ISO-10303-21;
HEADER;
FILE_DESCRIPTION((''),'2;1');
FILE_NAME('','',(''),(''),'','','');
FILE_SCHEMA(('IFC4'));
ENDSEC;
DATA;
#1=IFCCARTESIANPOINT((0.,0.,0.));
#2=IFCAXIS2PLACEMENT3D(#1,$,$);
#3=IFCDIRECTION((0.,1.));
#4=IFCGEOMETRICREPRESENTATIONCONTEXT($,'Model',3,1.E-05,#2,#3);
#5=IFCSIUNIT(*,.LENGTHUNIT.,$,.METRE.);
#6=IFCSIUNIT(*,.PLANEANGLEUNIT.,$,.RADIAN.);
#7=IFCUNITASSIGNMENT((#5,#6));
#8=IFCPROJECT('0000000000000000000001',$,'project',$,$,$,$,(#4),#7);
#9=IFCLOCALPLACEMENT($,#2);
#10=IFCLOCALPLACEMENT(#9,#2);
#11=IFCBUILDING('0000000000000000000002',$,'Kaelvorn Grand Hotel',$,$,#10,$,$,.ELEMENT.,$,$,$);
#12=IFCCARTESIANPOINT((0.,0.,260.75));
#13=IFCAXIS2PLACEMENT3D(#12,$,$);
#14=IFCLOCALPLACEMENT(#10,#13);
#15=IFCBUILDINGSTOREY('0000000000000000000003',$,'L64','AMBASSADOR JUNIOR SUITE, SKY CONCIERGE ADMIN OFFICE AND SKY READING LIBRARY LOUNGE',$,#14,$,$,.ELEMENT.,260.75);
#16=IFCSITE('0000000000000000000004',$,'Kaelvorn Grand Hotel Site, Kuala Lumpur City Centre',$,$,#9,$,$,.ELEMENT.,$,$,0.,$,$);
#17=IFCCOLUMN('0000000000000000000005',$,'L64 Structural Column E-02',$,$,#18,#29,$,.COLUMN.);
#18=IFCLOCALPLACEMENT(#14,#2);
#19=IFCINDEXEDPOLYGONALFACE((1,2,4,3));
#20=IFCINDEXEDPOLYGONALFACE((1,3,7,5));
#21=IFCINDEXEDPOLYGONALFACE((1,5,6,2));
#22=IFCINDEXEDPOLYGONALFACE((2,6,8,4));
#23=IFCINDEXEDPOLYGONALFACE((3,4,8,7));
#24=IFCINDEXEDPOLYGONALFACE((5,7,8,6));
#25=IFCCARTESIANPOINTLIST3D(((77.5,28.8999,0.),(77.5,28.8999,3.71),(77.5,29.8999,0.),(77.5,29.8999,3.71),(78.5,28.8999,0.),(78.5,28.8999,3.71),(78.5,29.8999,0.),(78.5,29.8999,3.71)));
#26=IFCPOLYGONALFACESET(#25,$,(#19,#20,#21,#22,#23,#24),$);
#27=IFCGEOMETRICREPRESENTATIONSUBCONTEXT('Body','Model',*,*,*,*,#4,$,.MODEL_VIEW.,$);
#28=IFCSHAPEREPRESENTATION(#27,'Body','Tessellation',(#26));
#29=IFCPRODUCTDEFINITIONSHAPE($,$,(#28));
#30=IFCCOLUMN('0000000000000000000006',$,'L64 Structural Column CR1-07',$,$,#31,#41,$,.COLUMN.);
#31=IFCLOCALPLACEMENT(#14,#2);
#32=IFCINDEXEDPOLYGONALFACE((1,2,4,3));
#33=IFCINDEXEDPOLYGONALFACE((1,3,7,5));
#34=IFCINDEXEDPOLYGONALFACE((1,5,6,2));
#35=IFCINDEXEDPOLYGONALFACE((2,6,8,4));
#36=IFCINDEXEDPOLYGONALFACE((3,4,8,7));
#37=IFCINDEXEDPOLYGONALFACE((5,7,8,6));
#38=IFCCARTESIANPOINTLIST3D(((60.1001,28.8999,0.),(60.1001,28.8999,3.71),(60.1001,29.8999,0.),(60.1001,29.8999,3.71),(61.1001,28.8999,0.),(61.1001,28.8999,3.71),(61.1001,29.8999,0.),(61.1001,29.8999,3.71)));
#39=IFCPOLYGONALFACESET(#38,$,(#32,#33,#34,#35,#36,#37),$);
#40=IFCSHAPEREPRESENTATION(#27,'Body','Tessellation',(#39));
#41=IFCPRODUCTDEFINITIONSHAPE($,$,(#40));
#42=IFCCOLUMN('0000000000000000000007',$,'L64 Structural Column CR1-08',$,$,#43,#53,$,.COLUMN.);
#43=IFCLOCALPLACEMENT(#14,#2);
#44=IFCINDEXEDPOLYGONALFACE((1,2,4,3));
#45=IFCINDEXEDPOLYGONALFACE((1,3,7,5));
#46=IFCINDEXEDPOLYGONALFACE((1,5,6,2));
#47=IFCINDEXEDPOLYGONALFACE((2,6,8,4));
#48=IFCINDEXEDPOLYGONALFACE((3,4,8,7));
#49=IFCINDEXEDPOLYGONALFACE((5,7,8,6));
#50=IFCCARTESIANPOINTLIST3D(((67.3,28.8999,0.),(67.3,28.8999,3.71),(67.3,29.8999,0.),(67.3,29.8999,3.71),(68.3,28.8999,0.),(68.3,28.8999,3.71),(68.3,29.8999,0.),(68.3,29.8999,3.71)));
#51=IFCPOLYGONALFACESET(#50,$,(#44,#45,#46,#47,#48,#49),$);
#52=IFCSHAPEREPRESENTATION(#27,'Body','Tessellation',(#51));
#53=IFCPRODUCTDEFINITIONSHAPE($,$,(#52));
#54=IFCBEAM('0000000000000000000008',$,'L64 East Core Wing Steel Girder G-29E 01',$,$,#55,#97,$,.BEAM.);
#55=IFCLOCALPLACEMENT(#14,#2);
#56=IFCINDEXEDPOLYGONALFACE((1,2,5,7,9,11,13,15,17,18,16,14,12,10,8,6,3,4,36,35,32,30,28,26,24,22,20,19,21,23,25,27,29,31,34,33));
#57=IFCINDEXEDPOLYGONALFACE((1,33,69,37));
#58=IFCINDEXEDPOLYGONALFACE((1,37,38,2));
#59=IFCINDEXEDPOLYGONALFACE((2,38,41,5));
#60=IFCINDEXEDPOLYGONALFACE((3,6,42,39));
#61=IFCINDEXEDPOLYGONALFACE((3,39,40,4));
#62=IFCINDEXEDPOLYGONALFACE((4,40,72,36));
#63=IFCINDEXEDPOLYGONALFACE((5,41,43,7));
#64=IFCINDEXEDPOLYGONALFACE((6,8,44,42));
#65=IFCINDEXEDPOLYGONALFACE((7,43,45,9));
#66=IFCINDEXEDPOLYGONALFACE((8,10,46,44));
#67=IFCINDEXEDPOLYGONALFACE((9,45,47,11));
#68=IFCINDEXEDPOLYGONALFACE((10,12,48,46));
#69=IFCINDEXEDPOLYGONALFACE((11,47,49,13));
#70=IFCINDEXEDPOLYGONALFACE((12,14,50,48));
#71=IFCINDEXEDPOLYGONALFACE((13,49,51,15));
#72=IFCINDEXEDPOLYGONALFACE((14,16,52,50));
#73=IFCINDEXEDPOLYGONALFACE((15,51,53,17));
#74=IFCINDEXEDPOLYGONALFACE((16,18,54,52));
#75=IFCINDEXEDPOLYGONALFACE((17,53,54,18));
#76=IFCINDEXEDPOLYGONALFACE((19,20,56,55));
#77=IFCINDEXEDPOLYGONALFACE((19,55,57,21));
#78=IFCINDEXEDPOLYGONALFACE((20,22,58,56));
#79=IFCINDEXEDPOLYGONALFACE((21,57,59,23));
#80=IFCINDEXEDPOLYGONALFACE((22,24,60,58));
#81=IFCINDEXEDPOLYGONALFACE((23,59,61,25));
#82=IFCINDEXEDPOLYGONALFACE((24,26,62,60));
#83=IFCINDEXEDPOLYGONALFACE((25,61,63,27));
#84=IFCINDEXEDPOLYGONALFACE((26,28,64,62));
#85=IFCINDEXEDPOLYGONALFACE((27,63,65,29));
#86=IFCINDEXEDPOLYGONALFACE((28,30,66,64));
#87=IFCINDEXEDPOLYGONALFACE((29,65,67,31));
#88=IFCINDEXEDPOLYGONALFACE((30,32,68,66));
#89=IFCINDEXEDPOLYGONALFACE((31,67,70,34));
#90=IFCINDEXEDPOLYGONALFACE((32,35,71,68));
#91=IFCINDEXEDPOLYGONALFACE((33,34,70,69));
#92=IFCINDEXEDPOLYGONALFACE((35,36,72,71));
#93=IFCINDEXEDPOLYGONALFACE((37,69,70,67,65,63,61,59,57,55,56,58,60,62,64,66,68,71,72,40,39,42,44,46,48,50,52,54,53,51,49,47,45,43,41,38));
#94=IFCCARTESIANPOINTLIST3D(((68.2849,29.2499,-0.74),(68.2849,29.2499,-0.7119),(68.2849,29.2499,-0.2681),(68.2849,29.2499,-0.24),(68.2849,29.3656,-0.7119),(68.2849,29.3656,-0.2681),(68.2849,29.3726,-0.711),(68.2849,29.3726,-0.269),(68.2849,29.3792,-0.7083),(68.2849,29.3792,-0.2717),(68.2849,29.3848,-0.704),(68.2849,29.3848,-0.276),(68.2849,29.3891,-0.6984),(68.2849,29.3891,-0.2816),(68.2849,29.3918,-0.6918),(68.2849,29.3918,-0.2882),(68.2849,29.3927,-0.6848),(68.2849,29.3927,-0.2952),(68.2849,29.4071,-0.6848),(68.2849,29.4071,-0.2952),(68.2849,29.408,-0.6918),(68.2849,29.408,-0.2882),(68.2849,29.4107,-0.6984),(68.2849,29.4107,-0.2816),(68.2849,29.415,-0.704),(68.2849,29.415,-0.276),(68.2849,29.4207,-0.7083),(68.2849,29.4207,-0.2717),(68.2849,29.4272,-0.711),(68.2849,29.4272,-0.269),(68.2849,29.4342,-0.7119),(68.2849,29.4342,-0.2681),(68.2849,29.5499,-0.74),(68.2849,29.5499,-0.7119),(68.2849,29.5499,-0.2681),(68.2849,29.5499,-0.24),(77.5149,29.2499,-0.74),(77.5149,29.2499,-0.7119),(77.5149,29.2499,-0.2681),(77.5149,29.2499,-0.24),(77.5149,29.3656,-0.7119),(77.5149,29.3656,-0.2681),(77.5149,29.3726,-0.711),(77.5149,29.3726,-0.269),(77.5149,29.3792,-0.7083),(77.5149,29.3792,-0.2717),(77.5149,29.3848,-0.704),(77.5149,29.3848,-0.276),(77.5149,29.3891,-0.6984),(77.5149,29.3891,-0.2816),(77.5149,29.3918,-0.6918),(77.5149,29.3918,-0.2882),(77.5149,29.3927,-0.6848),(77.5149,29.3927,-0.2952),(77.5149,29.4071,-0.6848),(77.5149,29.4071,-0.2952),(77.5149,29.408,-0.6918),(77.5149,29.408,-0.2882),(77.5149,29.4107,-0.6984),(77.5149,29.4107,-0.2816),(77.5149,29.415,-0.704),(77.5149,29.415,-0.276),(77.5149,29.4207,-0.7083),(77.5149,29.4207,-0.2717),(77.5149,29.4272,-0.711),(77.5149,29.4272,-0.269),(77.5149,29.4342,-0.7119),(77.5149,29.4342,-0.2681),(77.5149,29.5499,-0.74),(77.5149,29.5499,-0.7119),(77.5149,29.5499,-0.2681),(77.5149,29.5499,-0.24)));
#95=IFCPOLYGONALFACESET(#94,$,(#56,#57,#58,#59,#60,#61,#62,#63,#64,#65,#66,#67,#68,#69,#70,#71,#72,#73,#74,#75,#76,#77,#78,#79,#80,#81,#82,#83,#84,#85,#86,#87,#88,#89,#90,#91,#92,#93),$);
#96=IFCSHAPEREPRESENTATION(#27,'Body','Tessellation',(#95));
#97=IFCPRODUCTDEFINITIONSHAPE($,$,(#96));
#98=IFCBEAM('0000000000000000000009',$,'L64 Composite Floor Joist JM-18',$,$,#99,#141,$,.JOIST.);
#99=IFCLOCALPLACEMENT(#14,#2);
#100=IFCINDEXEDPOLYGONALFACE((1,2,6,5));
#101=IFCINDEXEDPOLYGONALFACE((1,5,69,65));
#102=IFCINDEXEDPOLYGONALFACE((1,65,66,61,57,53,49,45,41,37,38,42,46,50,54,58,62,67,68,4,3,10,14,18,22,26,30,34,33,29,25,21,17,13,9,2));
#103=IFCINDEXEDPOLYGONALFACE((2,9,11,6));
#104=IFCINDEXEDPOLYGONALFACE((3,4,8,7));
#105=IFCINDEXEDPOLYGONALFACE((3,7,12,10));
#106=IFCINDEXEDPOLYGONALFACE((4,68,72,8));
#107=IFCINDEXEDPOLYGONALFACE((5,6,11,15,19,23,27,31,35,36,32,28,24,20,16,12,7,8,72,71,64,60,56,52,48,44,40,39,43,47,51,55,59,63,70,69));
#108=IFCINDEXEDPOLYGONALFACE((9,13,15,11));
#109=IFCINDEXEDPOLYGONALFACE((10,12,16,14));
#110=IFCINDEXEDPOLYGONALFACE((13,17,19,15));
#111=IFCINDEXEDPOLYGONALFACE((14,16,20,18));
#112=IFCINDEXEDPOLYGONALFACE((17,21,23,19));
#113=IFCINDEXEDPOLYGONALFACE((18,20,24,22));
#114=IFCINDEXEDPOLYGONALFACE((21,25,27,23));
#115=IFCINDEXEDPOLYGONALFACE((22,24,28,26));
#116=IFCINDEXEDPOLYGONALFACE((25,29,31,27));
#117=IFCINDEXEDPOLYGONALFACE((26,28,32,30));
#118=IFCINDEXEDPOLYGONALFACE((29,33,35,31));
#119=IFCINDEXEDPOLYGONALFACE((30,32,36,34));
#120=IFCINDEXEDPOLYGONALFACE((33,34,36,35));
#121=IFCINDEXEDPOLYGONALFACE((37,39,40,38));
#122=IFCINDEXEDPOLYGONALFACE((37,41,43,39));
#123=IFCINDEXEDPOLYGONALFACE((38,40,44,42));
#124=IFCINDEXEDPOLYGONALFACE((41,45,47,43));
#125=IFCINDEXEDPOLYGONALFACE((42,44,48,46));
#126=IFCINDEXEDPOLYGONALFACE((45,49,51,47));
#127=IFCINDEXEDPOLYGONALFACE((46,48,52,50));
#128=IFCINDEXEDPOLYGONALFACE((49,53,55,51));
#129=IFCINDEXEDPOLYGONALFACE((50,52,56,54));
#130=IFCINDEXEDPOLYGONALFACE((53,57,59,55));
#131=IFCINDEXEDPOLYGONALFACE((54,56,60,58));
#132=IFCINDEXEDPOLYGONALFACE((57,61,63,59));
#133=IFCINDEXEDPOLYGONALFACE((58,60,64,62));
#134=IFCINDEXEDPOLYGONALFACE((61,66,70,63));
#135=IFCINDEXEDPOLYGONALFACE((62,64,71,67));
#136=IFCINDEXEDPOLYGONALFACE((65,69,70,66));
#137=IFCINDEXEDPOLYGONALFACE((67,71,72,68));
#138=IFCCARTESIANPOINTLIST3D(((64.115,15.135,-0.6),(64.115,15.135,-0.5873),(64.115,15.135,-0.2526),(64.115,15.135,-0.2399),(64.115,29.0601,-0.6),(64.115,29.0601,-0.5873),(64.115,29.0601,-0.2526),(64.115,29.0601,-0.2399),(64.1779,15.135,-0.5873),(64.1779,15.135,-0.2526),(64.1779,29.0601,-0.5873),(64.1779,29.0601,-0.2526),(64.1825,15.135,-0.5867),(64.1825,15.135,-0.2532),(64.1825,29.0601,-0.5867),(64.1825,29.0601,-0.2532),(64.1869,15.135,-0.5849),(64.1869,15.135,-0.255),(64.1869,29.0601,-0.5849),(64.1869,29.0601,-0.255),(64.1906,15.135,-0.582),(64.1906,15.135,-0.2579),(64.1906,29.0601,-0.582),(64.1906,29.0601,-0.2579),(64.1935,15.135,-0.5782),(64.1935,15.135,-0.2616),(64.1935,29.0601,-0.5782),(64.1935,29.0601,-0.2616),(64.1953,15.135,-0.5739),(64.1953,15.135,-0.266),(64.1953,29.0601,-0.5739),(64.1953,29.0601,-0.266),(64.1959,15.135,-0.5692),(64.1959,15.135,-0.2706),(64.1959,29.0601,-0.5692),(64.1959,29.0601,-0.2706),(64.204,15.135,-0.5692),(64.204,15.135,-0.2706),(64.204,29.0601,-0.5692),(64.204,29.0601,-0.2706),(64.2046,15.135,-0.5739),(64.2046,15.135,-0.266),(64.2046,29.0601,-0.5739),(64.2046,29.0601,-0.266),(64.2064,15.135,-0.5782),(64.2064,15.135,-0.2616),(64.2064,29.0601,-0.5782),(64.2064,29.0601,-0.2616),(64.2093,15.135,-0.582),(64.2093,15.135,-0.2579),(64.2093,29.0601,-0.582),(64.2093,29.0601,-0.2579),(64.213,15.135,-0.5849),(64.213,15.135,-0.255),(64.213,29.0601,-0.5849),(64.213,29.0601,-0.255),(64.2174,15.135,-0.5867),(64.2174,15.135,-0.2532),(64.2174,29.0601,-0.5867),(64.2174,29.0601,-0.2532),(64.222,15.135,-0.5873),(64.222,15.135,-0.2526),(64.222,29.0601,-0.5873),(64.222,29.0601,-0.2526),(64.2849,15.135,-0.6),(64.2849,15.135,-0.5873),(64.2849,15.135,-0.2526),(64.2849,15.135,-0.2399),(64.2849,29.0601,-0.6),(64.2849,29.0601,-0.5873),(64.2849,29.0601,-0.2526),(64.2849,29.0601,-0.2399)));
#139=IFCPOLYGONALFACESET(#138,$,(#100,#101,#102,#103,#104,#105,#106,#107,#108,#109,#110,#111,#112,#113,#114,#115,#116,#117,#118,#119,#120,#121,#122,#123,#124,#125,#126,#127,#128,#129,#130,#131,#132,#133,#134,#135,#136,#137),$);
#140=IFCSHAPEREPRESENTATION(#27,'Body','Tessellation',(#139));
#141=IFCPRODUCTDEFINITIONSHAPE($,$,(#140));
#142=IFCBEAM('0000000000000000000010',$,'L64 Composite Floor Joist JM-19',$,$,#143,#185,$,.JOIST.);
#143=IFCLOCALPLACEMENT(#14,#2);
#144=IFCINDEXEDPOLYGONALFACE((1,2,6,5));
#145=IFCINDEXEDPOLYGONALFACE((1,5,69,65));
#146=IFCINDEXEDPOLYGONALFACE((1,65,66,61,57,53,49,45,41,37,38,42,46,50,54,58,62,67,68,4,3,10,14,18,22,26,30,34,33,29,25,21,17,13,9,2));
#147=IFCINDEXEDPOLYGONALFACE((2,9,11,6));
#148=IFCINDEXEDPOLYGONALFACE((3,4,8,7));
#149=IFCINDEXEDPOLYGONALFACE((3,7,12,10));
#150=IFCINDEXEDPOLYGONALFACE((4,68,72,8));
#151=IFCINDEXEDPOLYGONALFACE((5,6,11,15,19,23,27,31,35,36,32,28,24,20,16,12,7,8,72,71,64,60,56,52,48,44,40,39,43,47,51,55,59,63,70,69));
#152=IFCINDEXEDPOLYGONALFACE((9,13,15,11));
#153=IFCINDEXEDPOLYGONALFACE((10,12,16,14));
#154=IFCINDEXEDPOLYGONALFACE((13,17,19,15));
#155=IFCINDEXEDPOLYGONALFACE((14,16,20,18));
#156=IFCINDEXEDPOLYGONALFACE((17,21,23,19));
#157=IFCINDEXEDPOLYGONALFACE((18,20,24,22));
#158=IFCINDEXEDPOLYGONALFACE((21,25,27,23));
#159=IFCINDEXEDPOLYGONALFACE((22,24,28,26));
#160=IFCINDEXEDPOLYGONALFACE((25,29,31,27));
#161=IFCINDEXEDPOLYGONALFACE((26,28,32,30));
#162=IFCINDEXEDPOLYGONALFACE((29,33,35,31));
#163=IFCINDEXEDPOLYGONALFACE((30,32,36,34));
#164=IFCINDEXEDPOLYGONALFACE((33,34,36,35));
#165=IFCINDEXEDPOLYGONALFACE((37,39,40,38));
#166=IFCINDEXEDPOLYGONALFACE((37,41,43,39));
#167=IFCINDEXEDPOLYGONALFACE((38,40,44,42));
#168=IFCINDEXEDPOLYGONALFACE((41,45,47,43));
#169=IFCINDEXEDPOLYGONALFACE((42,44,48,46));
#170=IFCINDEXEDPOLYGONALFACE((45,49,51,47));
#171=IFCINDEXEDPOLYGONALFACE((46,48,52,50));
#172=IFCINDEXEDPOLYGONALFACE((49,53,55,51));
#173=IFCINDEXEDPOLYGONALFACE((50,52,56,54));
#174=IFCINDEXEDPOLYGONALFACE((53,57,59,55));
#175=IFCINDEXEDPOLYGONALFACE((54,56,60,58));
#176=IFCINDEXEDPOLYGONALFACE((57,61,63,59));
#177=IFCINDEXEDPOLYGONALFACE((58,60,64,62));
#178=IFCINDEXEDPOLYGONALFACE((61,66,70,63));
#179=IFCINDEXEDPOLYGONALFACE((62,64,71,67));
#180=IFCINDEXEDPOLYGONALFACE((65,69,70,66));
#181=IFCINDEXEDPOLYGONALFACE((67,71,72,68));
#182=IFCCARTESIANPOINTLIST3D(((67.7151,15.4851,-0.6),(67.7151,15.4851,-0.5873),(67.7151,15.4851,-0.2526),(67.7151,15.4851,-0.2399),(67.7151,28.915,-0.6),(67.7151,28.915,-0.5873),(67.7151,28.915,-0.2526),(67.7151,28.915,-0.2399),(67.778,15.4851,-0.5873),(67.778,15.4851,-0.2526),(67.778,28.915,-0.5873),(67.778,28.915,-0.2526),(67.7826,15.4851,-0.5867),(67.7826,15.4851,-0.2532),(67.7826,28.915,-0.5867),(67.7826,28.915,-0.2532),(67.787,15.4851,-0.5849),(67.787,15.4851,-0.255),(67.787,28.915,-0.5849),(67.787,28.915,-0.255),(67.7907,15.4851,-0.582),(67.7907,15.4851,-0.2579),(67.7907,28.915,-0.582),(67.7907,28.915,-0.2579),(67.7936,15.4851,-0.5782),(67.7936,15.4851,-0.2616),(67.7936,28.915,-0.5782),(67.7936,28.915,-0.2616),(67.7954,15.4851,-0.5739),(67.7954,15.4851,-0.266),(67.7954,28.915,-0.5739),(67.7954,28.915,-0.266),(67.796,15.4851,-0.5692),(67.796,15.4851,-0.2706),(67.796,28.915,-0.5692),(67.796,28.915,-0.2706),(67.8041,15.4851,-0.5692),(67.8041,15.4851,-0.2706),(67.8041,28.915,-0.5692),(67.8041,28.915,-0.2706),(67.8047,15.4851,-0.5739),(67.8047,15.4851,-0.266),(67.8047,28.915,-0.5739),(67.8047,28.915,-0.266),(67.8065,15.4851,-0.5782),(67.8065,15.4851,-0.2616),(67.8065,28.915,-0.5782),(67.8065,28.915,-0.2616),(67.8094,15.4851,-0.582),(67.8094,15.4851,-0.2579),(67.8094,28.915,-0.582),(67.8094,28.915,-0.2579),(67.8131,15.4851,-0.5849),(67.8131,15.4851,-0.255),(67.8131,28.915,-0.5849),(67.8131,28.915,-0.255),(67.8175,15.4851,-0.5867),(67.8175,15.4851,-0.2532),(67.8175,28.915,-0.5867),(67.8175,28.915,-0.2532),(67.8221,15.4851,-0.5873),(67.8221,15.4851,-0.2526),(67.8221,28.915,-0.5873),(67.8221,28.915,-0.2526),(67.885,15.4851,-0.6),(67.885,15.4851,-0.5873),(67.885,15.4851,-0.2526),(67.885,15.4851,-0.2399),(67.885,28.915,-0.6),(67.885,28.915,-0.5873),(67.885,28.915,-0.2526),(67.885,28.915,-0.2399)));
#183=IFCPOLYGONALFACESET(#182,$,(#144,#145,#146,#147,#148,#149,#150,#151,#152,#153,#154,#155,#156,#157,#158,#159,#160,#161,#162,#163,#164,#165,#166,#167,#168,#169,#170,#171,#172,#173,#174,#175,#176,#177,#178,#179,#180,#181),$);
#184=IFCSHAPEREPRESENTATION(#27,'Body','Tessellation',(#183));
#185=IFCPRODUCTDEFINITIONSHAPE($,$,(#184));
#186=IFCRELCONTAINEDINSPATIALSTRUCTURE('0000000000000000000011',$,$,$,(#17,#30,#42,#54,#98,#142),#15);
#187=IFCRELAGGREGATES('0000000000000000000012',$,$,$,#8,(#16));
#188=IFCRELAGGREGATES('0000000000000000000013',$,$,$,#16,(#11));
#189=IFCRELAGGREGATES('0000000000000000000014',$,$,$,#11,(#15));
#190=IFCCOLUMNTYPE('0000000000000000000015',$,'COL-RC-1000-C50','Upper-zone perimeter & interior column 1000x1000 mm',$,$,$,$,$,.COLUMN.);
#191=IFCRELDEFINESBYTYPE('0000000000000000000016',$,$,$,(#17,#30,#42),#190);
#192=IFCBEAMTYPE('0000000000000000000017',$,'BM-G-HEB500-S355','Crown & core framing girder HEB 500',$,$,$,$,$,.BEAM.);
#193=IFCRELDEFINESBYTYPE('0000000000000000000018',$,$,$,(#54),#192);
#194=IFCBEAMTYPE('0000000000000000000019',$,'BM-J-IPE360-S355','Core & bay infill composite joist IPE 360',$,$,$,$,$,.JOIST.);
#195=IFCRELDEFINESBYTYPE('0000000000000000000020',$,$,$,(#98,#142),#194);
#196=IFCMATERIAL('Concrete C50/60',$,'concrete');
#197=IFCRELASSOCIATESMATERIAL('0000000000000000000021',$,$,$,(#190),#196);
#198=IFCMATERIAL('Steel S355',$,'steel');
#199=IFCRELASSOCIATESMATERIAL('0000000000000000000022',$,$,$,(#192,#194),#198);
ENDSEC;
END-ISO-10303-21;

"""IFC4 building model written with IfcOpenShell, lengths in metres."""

from ifc_helpers import new_model, si_unit, direction, frame, origin, origin_2d, place, context, subcontext, project, spatial, rectangle, i_section, extrude, material, material_profile, profile_set, type_object, element, save


model = new_model("IFC4")

# Units and contexts
model_context = context("Model", 3, precision=1e-05, world=origin(), true_north=direction((0.0, 1.0)))
body_context = subcontext(model_context, "Body", "Model", "MODEL_VIEW")
ifc_project = project(units=[si_unit("LENGTHUNIT", "METRE"), si_unit("PLANEANGLEUNIT", "RADIAN")], contexts=[model_context])

# Site, building, storey
site_placement = place(None, origin())
site = spatial("IfcSite", under=ifc_project, at=site_placement, Name="Kaelvorn Grand Hotel Site, Kuala Lumpur City Centre", CompositionType="ELEMENT", RefElevation=0.0)
building_placement = place(site_placement, origin())
building = spatial("IfcBuilding", under=site, at=building_placement, Name="Kaelvorn Grand Hotel", CompositionType="ELEMENT")
storey_placement = place(building_placement, frame((0.0, 0.0, 260.75)))
storey = spatial("IfcBuildingStorey", under=building, at=storey_placement, Name="L64", Description="AMBASSADOR JUNIOR SUITE, SKY CONCIERGE ADMIN OFFICE AND SKY READING LIBRARY LOUNGE", CompositionType="ELEMENT", Elevation=260.75)

# Columns
ifc_material_1 = material(Name="Concrete C50/60", Category="concrete")
ifc_material_profile_1 = material_profile(ifc_material_1, rectangle(XDim=1.0, YDim=1.0, at=origin_2d()), Name="RC COL 1000x1000")
ifc_profile_set_1 = profile_set([ifc_material_profile_1], Name="Concrete C50/60")
column_type = type_object("IfcColumnType", Name="COL-RC-1000-C50", Description="Upper-zone perimeter & interior column 1000x1000 mm", PredefinedType="COLUMN", material=ifc_profile_set_1)
for number, where, z_axis, x_axis, name in (
    (1, (78.0, 29.3999, 0.0), (0.0, 0.0, 1.0), (1.0, 0.0, 0.0), "L64 Structural Column E-02"),
    (2, (60.6001, 29.3999, 0.0), (0.0, 0.0, 1.0), (1.0, 0.0, 0.0), "L64 Structural Column CR1-07"),
    (3, (67.8, 29.3999, 0.0), (0.0, 0.0, 1.0), (1.0, 0.0, 0.0), "L64 Structural Column CR1-08"),
):
    element("IfcColumn", number, at=place(storey_placement, frame(where, z_axis=z_axis, x_axis=x_axis)), inside=storey, type_object=column_type, Name=name, PredefinedType="COLUMN", context=body_context, shape_type="SweptSolid", body=[
        extrude(rectangle(XDim=1.0, YDim=1.0, at=origin_2d()), origin(), (0.0, 0.0, 1.0), 3.71),
    ])

# Beams
ifc_material_2 = material(Name="Steel S355", Category="steel")
ifc_material_profile_2 = material_profile(ifc_material_2, i_section(OverallWidth=0.3, OverallDepth=0.5, WebThickness=0.0144, FlangeThickness=0.0281, FilletRadius=0.0271, at=origin_2d()), Name="HEB 500")
ifc_profile_set_2 = profile_set([ifc_material_profile_2], Name="Steel S355")
beam_type_1 = type_object("IfcBeamType", Name="BM-G-HEB500-S355", Description="Crown & core framing girder HEB 500", PredefinedType="BEAM", material=ifc_profile_set_2)
beam_1_placement = place(storey_placement, frame((68.2849, 29.3999, -0.49), z_axis=(1.0, 0.0, 0.0), x_axis=(0.0, 1.0, 0.0)))
element("IfcBeam", 4, at=beam_1_placement, inside=storey, type_object=beam_type_1, Name="L64 East Core Wing Steel Girder G-29E 01", PredefinedType="BEAM", context=body_context, shape_type="SweptSolid", body=[
    extrude(i_section(OverallWidth=0.3, OverallDepth=0.5, WebThickness=0.0144, FlangeThickness=0.0281, FilletRadius=0.0271, at=origin_2d()), origin(), (0.0, 0.0, 1.0), 9.23),
])
ifc_material_profile_3 = material_profile(ifc_material_2, i_section(OverallWidth=0.1699, OverallDepth=0.3601, WebThickness=0.0081, FlangeThickness=0.0127, FilletRadius=0.0181, at=origin_2d()), Name="IPE 360")
ifc_profile_set_3 = profile_set([ifc_material_profile_3], Name="Steel S355")
beam_type_2 = type_object("IfcBeamType", Name="BM-J-IPE360-S355", Description="Core & bay infill composite joist IPE 360", PredefinedType="JOIST", material=ifc_profile_set_3)
beam_2_placement = place(storey_placement, frame((64.2, 15.135, -0.4199), z_axis=(0.0, 1.0, 0.0), x_axis=(-1.0, 0.0, 0.0)))
element("IfcBeam", 5, at=beam_2_placement, inside=storey, type_object=beam_type_2, Name="L64 Composite Floor Joist JM-18", PredefinedType="JOIST", context=body_context, shape_type="SweptSolid", body=[
    extrude(i_section(OverallWidth=0.1699, OverallDepth=0.3601, WebThickness=0.0081, FlangeThickness=0.0127, FilletRadius=0.0181, at=origin_2d()), origin(), (0.0, 0.0, 1.0), 13.925),
])
beam_3_placement = place(storey_placement, frame((67.8, 15.4851, -0.4199), z_axis=(0.0, 1.0, 0.0), x_axis=(-1.0, 0.0, 0.0)))
element("IfcBeam", 6, at=beam_3_placement, inside=storey, type_object=beam_type_2, Name="L64 Composite Floor Joist JM-19", PredefinedType="JOIST", context=body_context, shape_type="SweptSolid", body=[
    extrude(i_section(OverallWidth=0.1699, OverallDepth=0.3601, WebThickness=0.0081, FlangeThickness=0.0127, FilletRadius=0.0181, at=origin_2d()), origin(), (0.0, 0.0, 1.0), 13.4299),
])

save(model, "model.ifc")
